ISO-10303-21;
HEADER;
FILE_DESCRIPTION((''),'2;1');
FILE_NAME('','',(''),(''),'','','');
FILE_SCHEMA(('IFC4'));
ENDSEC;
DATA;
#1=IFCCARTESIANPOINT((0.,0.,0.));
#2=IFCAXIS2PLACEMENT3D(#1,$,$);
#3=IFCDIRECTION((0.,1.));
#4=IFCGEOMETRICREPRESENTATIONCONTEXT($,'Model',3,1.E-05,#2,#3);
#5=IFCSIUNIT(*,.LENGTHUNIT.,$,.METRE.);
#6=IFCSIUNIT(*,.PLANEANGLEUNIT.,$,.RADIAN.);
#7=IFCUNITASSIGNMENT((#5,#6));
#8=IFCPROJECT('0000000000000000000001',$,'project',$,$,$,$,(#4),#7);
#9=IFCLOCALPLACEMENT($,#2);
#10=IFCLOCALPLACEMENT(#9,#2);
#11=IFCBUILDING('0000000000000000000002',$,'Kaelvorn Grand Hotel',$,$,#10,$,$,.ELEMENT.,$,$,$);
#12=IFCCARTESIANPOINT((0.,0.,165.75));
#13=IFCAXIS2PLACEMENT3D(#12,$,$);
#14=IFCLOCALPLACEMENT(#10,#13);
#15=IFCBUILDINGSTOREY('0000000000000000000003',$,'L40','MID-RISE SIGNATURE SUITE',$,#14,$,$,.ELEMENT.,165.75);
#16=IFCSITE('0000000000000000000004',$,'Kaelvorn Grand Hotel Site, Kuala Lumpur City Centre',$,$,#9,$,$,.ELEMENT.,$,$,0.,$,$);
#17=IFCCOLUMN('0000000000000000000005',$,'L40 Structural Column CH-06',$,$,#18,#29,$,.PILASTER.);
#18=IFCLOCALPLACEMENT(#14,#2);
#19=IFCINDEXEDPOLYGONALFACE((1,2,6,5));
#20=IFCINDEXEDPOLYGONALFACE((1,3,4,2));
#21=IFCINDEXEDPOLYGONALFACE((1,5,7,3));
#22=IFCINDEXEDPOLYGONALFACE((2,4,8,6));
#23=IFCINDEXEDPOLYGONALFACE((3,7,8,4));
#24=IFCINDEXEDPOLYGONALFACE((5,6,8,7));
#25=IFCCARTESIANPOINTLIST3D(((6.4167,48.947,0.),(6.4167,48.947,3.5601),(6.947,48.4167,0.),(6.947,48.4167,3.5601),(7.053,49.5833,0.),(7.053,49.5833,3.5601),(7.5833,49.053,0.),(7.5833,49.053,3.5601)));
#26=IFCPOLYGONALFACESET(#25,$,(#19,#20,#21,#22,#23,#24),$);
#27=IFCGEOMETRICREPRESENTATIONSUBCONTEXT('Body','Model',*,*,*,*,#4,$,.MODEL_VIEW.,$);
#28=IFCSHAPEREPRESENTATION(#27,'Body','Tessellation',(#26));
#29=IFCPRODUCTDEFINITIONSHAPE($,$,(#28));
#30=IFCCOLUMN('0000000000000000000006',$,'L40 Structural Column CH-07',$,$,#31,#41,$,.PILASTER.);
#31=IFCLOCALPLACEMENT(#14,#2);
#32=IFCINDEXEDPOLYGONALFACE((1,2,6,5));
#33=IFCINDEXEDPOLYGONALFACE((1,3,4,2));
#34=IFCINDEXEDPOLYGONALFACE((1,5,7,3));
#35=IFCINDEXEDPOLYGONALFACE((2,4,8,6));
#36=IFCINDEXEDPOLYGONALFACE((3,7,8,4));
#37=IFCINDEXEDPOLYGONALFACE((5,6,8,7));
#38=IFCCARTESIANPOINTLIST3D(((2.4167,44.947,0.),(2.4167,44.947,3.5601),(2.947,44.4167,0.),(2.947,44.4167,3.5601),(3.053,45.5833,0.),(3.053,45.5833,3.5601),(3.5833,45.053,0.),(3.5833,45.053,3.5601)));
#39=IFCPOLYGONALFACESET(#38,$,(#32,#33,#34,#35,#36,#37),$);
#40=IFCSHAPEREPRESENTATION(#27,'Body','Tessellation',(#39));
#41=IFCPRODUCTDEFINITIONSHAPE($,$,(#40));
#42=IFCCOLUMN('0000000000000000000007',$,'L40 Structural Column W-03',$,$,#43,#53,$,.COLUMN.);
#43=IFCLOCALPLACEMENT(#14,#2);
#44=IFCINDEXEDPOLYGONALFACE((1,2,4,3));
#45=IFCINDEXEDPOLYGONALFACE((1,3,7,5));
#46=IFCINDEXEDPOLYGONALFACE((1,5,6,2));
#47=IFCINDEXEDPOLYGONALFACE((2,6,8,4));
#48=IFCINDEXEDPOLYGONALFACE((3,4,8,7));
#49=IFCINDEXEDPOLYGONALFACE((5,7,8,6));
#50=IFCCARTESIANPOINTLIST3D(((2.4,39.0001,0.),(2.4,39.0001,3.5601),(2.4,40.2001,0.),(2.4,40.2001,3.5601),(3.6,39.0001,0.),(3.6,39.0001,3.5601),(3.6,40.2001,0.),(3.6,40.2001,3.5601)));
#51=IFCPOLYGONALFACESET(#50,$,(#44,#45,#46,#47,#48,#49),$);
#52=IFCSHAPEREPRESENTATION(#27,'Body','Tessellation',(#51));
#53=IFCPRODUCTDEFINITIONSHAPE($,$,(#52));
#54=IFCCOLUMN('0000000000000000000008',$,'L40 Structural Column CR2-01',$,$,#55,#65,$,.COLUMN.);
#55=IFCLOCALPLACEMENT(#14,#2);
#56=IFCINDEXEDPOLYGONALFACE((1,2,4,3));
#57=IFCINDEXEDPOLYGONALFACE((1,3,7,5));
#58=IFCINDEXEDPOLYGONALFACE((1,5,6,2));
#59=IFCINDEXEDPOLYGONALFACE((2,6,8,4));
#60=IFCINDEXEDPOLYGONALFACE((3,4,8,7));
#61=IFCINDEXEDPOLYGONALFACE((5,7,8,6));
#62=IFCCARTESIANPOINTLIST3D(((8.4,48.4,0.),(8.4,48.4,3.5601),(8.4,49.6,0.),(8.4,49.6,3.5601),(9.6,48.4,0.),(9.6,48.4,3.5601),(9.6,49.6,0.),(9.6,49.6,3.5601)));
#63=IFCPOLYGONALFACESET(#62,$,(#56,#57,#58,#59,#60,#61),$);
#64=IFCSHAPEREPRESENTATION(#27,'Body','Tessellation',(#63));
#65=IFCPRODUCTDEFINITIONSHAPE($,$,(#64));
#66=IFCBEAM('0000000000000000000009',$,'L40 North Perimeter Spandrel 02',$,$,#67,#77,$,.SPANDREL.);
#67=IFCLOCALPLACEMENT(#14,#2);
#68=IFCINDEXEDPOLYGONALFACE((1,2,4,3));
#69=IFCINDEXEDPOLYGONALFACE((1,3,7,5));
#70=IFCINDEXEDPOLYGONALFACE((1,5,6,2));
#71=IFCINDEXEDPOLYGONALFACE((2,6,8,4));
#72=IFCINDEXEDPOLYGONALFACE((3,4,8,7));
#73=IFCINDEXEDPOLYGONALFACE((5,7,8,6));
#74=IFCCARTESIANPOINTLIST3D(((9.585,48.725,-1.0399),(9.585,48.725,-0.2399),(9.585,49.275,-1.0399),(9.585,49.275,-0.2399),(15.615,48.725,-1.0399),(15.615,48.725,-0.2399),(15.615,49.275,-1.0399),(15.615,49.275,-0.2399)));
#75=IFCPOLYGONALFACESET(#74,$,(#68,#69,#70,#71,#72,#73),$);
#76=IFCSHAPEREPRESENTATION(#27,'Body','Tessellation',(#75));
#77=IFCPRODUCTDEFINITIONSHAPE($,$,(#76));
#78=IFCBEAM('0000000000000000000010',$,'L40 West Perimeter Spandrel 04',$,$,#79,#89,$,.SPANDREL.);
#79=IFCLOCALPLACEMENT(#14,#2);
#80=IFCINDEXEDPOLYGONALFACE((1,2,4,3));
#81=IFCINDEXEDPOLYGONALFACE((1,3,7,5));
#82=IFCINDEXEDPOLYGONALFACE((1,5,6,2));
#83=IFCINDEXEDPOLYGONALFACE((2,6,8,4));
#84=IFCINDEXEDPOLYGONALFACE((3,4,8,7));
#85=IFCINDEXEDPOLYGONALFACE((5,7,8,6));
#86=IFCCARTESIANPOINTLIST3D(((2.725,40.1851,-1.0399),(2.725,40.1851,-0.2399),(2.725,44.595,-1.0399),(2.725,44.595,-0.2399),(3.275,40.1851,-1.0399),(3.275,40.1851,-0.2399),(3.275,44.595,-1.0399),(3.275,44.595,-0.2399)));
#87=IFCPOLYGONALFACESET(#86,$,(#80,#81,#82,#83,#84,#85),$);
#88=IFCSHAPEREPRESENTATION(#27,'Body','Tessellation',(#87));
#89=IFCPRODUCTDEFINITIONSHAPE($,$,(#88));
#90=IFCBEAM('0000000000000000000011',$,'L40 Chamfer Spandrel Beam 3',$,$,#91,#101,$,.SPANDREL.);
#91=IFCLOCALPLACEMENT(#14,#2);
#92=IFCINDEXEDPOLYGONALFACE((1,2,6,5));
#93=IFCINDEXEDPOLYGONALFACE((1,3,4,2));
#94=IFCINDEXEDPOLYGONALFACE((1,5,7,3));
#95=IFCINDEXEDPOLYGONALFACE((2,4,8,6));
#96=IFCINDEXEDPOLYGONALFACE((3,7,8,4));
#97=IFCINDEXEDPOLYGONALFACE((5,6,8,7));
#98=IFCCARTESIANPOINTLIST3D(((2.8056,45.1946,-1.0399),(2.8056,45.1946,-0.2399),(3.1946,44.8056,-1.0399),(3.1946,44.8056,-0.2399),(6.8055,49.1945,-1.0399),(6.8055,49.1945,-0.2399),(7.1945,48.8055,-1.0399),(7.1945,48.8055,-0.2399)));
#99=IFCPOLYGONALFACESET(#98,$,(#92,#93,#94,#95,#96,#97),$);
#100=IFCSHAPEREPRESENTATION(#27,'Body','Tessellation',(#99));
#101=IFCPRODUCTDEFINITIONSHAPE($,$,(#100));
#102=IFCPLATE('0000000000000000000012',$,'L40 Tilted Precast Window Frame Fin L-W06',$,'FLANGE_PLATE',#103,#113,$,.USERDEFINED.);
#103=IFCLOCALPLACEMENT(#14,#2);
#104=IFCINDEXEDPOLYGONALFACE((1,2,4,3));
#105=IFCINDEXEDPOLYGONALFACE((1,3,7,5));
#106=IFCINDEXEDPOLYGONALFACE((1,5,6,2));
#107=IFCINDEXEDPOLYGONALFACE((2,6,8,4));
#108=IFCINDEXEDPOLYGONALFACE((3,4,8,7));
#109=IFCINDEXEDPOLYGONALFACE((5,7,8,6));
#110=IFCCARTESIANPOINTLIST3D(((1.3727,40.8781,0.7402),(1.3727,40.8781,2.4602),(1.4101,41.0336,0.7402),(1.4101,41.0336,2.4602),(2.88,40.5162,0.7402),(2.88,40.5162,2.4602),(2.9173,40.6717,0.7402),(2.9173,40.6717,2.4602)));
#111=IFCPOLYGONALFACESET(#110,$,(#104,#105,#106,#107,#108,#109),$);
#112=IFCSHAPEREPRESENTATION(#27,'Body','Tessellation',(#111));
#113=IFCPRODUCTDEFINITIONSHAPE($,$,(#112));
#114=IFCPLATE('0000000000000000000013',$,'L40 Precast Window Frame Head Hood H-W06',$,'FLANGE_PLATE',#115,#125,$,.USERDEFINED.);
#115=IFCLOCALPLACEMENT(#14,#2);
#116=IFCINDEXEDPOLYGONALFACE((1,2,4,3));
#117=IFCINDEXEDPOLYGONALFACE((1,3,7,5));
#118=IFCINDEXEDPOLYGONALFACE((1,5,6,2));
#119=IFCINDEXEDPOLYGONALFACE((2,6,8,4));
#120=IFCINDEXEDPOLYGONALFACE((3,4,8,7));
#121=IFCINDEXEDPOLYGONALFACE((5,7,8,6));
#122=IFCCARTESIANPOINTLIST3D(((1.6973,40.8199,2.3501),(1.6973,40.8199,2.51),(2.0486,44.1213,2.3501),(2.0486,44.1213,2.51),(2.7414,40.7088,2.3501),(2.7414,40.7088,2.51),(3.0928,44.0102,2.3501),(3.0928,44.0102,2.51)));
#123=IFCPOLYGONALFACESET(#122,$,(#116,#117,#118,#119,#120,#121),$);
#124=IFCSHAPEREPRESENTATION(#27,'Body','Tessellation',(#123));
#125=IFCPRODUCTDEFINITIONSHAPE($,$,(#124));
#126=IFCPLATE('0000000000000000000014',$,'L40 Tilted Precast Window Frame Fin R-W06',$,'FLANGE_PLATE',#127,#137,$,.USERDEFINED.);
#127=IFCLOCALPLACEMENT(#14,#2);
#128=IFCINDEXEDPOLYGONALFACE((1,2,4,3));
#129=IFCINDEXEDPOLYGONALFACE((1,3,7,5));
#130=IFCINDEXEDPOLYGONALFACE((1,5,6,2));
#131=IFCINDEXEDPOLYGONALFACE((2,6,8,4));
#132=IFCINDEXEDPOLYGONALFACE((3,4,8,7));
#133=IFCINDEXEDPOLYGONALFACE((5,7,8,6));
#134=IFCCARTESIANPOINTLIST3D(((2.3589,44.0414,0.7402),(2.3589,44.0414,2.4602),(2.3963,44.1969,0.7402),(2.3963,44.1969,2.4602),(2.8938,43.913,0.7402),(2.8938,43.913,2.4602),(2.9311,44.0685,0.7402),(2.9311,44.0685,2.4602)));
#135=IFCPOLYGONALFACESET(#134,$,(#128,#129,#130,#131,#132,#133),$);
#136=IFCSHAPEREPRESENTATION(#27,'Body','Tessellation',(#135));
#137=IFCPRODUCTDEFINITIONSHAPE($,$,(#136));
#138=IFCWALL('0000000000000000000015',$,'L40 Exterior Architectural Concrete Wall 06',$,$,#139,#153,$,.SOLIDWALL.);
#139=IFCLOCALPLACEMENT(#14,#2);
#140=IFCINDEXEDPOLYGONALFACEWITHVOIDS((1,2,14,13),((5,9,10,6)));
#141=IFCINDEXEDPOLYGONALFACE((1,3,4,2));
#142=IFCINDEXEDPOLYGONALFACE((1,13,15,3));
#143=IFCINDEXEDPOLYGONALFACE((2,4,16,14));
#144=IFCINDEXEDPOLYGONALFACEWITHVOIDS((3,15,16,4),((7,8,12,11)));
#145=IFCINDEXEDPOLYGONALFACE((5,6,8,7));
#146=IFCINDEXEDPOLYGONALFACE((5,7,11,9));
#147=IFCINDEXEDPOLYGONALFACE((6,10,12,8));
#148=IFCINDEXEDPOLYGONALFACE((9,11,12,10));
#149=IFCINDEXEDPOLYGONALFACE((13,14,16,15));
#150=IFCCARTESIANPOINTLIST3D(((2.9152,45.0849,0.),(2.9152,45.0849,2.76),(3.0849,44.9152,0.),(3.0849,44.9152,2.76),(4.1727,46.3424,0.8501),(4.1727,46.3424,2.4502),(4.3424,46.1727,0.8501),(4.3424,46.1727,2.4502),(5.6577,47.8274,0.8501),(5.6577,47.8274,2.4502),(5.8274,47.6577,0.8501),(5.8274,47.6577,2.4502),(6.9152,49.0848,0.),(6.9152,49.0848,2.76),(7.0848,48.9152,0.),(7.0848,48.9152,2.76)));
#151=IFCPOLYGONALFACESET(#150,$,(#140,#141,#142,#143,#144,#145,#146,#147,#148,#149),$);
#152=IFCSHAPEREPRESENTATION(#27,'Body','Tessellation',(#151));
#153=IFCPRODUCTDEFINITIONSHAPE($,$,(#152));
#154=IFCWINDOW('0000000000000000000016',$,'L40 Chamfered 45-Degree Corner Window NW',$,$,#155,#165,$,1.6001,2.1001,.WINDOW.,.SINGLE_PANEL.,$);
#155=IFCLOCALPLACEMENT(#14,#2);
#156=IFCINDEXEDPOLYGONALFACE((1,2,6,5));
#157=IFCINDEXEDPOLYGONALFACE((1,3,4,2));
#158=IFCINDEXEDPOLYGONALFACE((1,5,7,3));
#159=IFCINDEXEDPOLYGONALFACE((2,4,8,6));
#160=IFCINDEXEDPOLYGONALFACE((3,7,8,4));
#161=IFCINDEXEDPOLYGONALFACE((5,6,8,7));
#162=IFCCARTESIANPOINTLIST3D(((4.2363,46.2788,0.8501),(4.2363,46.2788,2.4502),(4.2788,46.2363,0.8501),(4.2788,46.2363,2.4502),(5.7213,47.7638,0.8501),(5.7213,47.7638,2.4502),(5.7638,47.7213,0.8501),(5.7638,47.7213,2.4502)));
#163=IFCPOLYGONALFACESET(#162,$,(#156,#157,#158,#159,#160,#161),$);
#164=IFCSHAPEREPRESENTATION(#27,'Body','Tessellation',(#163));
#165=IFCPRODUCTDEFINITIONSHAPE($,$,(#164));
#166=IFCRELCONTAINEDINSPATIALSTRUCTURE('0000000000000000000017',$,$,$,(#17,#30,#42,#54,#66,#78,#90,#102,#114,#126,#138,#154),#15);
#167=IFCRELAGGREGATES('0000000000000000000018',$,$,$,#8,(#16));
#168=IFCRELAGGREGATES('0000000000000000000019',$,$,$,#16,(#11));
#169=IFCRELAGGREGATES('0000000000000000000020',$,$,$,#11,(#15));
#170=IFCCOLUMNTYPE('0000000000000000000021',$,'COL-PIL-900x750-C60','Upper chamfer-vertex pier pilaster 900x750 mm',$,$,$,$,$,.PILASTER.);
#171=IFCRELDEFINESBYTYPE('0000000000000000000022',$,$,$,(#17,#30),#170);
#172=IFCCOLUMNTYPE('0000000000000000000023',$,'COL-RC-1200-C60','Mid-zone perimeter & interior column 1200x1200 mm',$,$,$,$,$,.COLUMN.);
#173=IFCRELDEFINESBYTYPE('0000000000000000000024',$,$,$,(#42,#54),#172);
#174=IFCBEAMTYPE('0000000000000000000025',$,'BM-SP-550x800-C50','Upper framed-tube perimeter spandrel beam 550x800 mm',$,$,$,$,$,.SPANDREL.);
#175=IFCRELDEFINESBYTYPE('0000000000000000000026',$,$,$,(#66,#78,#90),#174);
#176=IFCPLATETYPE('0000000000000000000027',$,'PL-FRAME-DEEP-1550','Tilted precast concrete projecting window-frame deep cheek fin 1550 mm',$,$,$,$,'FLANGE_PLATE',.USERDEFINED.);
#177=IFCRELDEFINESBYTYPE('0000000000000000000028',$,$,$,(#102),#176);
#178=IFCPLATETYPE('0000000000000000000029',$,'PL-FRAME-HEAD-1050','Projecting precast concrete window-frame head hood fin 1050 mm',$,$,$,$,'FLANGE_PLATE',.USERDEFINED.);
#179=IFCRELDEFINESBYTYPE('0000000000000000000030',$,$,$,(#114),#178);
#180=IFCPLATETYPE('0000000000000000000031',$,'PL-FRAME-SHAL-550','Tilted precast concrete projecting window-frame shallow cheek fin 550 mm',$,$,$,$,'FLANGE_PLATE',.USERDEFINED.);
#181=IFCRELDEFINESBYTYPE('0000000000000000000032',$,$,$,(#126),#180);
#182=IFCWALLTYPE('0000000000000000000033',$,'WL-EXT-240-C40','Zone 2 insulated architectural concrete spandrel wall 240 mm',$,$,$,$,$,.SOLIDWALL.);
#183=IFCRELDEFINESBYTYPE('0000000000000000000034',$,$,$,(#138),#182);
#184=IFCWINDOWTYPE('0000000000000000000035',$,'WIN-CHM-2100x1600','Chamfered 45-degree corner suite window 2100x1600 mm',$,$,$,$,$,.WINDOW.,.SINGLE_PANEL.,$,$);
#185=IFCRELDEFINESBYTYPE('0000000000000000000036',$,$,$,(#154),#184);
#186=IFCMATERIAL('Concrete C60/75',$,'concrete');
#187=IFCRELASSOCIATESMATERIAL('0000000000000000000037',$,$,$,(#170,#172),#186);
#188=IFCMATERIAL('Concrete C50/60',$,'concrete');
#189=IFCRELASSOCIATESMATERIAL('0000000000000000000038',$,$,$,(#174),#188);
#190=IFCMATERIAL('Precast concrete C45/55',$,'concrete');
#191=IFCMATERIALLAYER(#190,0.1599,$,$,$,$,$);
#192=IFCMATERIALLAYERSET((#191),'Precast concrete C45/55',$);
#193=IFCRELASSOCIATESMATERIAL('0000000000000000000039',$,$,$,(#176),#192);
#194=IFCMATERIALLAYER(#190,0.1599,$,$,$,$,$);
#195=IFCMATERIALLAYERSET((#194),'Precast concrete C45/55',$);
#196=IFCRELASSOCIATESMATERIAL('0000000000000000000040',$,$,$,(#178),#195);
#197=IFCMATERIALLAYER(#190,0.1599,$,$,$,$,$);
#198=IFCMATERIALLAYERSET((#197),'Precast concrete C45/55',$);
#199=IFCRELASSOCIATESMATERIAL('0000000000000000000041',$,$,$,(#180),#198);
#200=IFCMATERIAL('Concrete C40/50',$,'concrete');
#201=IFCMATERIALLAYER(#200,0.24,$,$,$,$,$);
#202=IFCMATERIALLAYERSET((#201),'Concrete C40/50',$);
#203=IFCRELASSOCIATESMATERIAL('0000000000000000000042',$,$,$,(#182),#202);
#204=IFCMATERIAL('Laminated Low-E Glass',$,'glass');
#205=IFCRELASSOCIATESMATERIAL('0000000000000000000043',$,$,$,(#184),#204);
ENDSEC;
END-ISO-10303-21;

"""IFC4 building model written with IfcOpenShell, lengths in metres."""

from ifc_helpers import new_model, si_unit, direction, frame, frame_2d, origin, origin_2d, place, context, subcontext, project, spatial, rectangle, extrude, material, layer, layer_set, material_profile, profile_set, type_object, element, fill, save


model = new_model("IFC4")

# Units and contexts
model_context = context("Model", 3, precision=1e-05, world=origin(), true_north=direction((0.0, 1.0)))
body_context = subcontext(model_context, "Body", "Model", "MODEL_VIEW")
ifc_project = project(units=[si_unit("LENGTHUNIT", "METRE"), si_unit("PLANEANGLEUNIT", "RADIAN")], contexts=[model_context])

# Site, building, storey
site_placement = place(None, origin())
site = spatial("IfcSite", under=ifc_project, at=site_placement, Name="Kaelvorn Grand Hotel Site, Kuala Lumpur City Centre", CompositionType="ELEMENT", RefElevation=0.0)
building_placement = place(site_placement, origin())
building = spatial("IfcBuilding", under=site, at=building_placement, Name="Kaelvorn Grand Hotel", CompositionType="ELEMENT")
storey_placement = place(building_placement, frame((0.0, 0.0, 165.75)))
storey = spatial("IfcBuildingStorey", under=building, at=storey_placement, Name="L40", Description="MID-RISE SIGNATURE SUITE", CompositionType="ELEMENT", Elevation=165.75)

# Columns
ifc_material_1 = material(Name="Concrete C60/75", Category="concrete")
ifc_material_profile_1 = material_profile(ifc_material_1, rectangle(XDim=0.8999, YDim=0.75, at=origin_2d()), Name="RC PILASTER 900x750")
ifc_profile_set_1 = profile_set([ifc_material_profile_1], Name="Concrete C60/75")
column_type_1 = type_object("IfcColumnType", Name="COL-PIL-900x750-C60", Description="Upper chamfer-vertex pier pilaster 900x750 mm", PredefinedType="PILASTER", material=ifc_profile_set_1)
for number, where, z_axis, x_axis, name in (
    (1, (7.0, 49.0, 0.0), (0.0, 0.0, 1.0), (0.707107, 0.707107, 0.0), "L40 Structural Column CH-06"),
    (2, (3.0, 45.0, 0.0), (0.0, 0.0, 1.0), (0.707107, 0.707107, 0.0), "L40 Structural Column CH-07"),
):
    element("IfcColumn", number, at=place(storey_placement, frame(where, z_axis=z_axis, x_axis=x_axis)), inside=storey, type_object=column_type_1, Name=name, PredefinedType="PILASTER", context=body_context, shape_type="SweptSolid", body=[
        extrude(rectangle(XDim=0.8999, YDim=0.75, at=origin_2d()), origin(), (0.0, 0.0, 1.0), 3.5601),
    ])
ifc_material_profile_2 = material_profile(ifc_material_1, rectangle(XDim=1.2, YDim=1.2, at=origin_2d()), Name="RC COL 1200x1200")
ifc_profile_set_2 = profile_set([ifc_material_profile_2], Name="Concrete C60/75")
column_type_2 = type_object("IfcColumnType", Name="COL-RC-1200-C60", Description="Mid-zone perimeter & interior column 1200x1200 mm", PredefinedType="COLUMN", material=ifc_profile_set_2)
for number, where, z_axis, x_axis, name in (
    (3, (3.0, 39.6001, 0.0), (0.0, 0.0, 1.0), (1.0, 0.0, 0.0), "L40 Structural Column W-03"),
    (4, (9.0, 49.0, 0.0), (0.0, 0.0, 1.0), (1.0, 0.0, 0.0), "L40 Structural Column CR2-01"),
):
    element("IfcColumn", number, at=place(storey_placement, frame(where, z_axis=z_axis, x_axis=x_axis)), inside=storey, type_object=column_type_2, Name=name, PredefinedType="COLUMN", context=body_context, shape_type="SweptSolid", body=[
        extrude(rectangle(XDim=1.2, YDim=1.2, at=origin_2d()), origin(), (0.0, 0.0, 1.0), 3.5601),
    ])

# Beams
ifc_material_2 = material(Name="Concrete C50/60", Category="concrete")
ifc_material_profile_3 = material_profile(ifc_material_2, rectangle(XDim=0.55, YDim=0.8, at=origin_2d()), Name="RC SPANDREL 550x800")
ifc_profile_set_3 = profile_set([ifc_material_profile_3], Name="Concrete C50/60")
beam_type = type_object("IfcBeamType", Name="BM-SP-550x800-C50", Description="Upper framed-tube perimeter spandrel beam 550x800 mm", PredefinedType="SPANDREL", material=ifc_profile_set_3)
beam_1_placement = place(storey_placement, frame((9.585, 49.0, -0.6399), z_axis=(1.0, 0.0, 0.0), x_axis=(0.0, 1.0, 0.0)))
element("IfcBeam", 5, at=beam_1_placement, inside=storey, type_object=beam_type, Name="L40 North Perimeter Spandrel 02", PredefinedType="SPANDREL", context=body_context, shape_type="SweptSolid", body=[
    extrude(rectangle(XDim=0.55, YDim=0.8, at=origin_2d()), origin(), (0.0, 0.0, 1.0), 6.03),
])
beam_2_placement = place(storey_placement, frame((3.0, 40.1851, -0.6399), z_axis=(0.0, 1.0, 0.0), x_axis=(-1.0, 0.0, 0.0)))
element("IfcBeam", 6, at=beam_2_placement, inside=storey, type_object=beam_type, Name="L40 West Perimeter Spandrel 04", PredefinedType="SPANDREL", context=body_context, shape_type="SweptSolid", body=[
    extrude(rectangle(XDim=0.55, YDim=0.8, at=origin_2d()), origin(), (0.0, 0.0, 1.0), 4.4099),
])
beam_3_placement = place(storey_placement, frame((7.0, 49.0, -0.6399), z_axis=(-0.707107, -0.707107, 0.0), x_axis=(0.707107, -0.707107, 0.0)))
element("IfcBeam", 7, at=beam_3_placement, inside=storey, type_object=beam_type, Name="L40 Chamfer Spandrel Beam 3", PredefinedType="SPANDREL", context=body_context, shape_type="SweptSolid", body=[
    extrude(rectangle(XDim=0.55, YDim=0.8, at=origin_2d()), origin(), (0.0, 0.0, 1.0), 5.6567),
])

# Plates
ifc_material_3 = material(Name="Precast concrete C45/55", Category="concrete")
ifc_layer_1 = layer(ifc_material_3, 0.1599)
ifc_layer_set_1 = layer_set([ifc_layer_1], Name="Precast concrete C45/55")
plate_type_1 = type_object("IfcPlateType", Name="PL-FRAME-DEEP-1550", Description="Tilted precast concrete projecting window-frame deep cheek fin 1550 mm", ElementType="FLANGE_PLATE", PredefinedType="USERDEFINED", material=ifc_layer_set_1)
plate_1_placement = place(storey_placement, frame((2.145, 40.7749, 0.7402), z_axis=(0.0, 0.0, 1.0), x_axis=(0.233445, 0.97237, 0.0)))
element("IfcPlate", 8, at=plate_1_placement, inside=storey, type_object=plate_type_1, Name="L40 Tilted Precast Window Frame Fin L-W06", ObjectType="FLANGE_PLATE", PredefinedType="USERDEFINED", context=body_context, shape_type="SweptSolid", body=[
    extrude(rectangle(XDim=0.1599, YDim=1.55, at=origin_2d()), origin(), (0.0, 0.0, 1.0), 1.72),
])
ifc_layer_2 = layer(ifc_material_3, 0.1599)
ifc_layer_set_2 = layer_set([ifc_layer_2], Name="Precast concrete C45/55")
plate_type_2 = type_object("IfcPlateType", Name="PL-FRAME-HEAD-1050", Description="Projecting precast concrete window-frame head hood fin 1050 mm", ElementType="FLANGE_PLATE", PredefinedType="USERDEFINED", material=ifc_layer_set_2)
plate_2_placement = place(storey_placement, frame((2.395, 42.415, 2.3501), z_axis=(0.0, 0.0, 1.0), x_axis=(0.10583, 0.994384, 0.0)))
element("IfcPlate", 9, at=plate_2_placement, inside=storey, type_object=plate_type_2, Name="L40 Precast Window Frame Head Hood H-W06", ObjectType="FLANGE_PLATE", PredefinedType="USERDEFINED", context=body_context, shape_type="SweptSolid", body=[
    extrude(rectangle(XDim=3.3201, YDim=1.05, at=origin_2d()), origin(), (0.0, 0.0, 1.0), 0.1599),
])
ifc_layer_3 = layer(ifc_material_3, 0.1599)
ifc_layer_set_3 = layer_set([ifc_layer_3], Name="Precast concrete C45/55")
plate_type_3 = type_object("IfcPlateType", Name="PL-FRAME-SHAL-550", Description="Tilted precast concrete projecting window-frame shallow cheek fin 550 mm", ElementType="FLANGE_PLATE", PredefinedType="USERDEFINED", material=ifc_layer_set_3)
plate_3_placement = place(storey_placement, frame((2.645, 44.0549, 0.7402), z_axis=(0.0, 0.0, 1.0), x_axis=(0.233445, 0.97237, 0.0)))
element("IfcPlate", 10, at=plate_3_placement, inside=storey, type_object=plate_type_3, Name="L40 Tilted Precast Window Frame Fin R-W06", ObjectType="FLANGE_PLATE", PredefinedType="USERDEFINED", context=body_context, shape_type="SweptSolid", body=[
    extrude(rectangle(XDim=0.1599, YDim=0.55, at=origin_2d()), origin(), (0.0, 0.0, 1.0), 1.72),
])

# Wall, opening, window
ifc_material_4 = material(Name="Concrete C40/50", Category="concrete")
ifc_layer_4 = layer(ifc_material_4, 0.24)
ifc_layer_set_4 = layer_set([ifc_layer_4], Name="Concrete C40/50")
wall_type = type_object("IfcWallType", Name="WL-EXT-240-C40", Description="Zone 2 insulated architectural concrete spandrel wall 240 mm", PredefinedType="SOLIDWALL", material=ifc_layer_set_4)
wall_1_placement = place(storey_placement, frame((7.0, 49.0, 0.0), z_axis=(0.0, 0.0, 1.0), x_axis=(-0.707107, -0.707107, 0.0)))
wall_1 = element("IfcWall", 11, at=wall_1_placement, inside=storey, type_object=wall_type, Name="L40 Exterior Architectural Concrete Wall 06", PredefinedType="SOLIDWALL", context=body_context, shape_type="SweptSolid", body=[
    extrude(rectangle(XDim=5.6567, YDim=0.24, at=frame_2d((2.8284, 0.0))), origin(), (0.0, 0.0, 1.0), 2.76),
])
opening_1_placement = place(wall_1_placement, frame((1.7783, 0.0, 0.8501)))
opening_1 = element("IfcOpeningElement", 12, at=opening_1_placement, cuts=wall_1, PredefinedType="OPENING", context=body_context, shape_type="SweptSolid", body=[
    extrude(rectangle(XDim=2.1001, YDim=1.6001, at=frame_2d((1.05, 0.8))), frame((0.0, 0.1299, 0.0), z_axis=(0.0, -1.0, 0.0), x_axis=(1.0, 0.0, 0.0)), (0.0, 0.0, 1.0), 0.26),
])
ifc_material_5 = material(Name="Laminated Low-E Glass", Category="glass")
window_type_1 = type_object("IfcWindowType", Name="WIN-CHM-2100x1600", Description="Chamfered 45-degree corner suite window 2100x1600 mm", PartitioningType="SINGLE_PANEL", PredefinedType="WINDOW", material=ifc_material_5)
window_1_placement = place(opening_1_placement, origin())
window_1 = element("IfcWindow", 13, at=window_1_placement, inside=storey, type_object=window_type_1, Name="L40 Chamfered 45-Degree Corner Window NW", OverallHeight=1.6001, OverallWidth=2.1001, PartitioningType="SINGLE_PANEL", PredefinedType="WINDOW", context=body_context, shape_type="SweptSolid", body=[
    extrude(rectangle(XDim=2.1001, YDim=1.6001, at=frame_2d((1.05, 0.8))), frame((0.0, 0.03, 0.0), z_axis=(0.0, -1.0, 0.0), x_axis=(1.0, 0.0, 0.0)), (0.0, 0.0, 1.0), 0.0601),
])
fill(opening_1, window_1)

save(model, "model.ifc")
